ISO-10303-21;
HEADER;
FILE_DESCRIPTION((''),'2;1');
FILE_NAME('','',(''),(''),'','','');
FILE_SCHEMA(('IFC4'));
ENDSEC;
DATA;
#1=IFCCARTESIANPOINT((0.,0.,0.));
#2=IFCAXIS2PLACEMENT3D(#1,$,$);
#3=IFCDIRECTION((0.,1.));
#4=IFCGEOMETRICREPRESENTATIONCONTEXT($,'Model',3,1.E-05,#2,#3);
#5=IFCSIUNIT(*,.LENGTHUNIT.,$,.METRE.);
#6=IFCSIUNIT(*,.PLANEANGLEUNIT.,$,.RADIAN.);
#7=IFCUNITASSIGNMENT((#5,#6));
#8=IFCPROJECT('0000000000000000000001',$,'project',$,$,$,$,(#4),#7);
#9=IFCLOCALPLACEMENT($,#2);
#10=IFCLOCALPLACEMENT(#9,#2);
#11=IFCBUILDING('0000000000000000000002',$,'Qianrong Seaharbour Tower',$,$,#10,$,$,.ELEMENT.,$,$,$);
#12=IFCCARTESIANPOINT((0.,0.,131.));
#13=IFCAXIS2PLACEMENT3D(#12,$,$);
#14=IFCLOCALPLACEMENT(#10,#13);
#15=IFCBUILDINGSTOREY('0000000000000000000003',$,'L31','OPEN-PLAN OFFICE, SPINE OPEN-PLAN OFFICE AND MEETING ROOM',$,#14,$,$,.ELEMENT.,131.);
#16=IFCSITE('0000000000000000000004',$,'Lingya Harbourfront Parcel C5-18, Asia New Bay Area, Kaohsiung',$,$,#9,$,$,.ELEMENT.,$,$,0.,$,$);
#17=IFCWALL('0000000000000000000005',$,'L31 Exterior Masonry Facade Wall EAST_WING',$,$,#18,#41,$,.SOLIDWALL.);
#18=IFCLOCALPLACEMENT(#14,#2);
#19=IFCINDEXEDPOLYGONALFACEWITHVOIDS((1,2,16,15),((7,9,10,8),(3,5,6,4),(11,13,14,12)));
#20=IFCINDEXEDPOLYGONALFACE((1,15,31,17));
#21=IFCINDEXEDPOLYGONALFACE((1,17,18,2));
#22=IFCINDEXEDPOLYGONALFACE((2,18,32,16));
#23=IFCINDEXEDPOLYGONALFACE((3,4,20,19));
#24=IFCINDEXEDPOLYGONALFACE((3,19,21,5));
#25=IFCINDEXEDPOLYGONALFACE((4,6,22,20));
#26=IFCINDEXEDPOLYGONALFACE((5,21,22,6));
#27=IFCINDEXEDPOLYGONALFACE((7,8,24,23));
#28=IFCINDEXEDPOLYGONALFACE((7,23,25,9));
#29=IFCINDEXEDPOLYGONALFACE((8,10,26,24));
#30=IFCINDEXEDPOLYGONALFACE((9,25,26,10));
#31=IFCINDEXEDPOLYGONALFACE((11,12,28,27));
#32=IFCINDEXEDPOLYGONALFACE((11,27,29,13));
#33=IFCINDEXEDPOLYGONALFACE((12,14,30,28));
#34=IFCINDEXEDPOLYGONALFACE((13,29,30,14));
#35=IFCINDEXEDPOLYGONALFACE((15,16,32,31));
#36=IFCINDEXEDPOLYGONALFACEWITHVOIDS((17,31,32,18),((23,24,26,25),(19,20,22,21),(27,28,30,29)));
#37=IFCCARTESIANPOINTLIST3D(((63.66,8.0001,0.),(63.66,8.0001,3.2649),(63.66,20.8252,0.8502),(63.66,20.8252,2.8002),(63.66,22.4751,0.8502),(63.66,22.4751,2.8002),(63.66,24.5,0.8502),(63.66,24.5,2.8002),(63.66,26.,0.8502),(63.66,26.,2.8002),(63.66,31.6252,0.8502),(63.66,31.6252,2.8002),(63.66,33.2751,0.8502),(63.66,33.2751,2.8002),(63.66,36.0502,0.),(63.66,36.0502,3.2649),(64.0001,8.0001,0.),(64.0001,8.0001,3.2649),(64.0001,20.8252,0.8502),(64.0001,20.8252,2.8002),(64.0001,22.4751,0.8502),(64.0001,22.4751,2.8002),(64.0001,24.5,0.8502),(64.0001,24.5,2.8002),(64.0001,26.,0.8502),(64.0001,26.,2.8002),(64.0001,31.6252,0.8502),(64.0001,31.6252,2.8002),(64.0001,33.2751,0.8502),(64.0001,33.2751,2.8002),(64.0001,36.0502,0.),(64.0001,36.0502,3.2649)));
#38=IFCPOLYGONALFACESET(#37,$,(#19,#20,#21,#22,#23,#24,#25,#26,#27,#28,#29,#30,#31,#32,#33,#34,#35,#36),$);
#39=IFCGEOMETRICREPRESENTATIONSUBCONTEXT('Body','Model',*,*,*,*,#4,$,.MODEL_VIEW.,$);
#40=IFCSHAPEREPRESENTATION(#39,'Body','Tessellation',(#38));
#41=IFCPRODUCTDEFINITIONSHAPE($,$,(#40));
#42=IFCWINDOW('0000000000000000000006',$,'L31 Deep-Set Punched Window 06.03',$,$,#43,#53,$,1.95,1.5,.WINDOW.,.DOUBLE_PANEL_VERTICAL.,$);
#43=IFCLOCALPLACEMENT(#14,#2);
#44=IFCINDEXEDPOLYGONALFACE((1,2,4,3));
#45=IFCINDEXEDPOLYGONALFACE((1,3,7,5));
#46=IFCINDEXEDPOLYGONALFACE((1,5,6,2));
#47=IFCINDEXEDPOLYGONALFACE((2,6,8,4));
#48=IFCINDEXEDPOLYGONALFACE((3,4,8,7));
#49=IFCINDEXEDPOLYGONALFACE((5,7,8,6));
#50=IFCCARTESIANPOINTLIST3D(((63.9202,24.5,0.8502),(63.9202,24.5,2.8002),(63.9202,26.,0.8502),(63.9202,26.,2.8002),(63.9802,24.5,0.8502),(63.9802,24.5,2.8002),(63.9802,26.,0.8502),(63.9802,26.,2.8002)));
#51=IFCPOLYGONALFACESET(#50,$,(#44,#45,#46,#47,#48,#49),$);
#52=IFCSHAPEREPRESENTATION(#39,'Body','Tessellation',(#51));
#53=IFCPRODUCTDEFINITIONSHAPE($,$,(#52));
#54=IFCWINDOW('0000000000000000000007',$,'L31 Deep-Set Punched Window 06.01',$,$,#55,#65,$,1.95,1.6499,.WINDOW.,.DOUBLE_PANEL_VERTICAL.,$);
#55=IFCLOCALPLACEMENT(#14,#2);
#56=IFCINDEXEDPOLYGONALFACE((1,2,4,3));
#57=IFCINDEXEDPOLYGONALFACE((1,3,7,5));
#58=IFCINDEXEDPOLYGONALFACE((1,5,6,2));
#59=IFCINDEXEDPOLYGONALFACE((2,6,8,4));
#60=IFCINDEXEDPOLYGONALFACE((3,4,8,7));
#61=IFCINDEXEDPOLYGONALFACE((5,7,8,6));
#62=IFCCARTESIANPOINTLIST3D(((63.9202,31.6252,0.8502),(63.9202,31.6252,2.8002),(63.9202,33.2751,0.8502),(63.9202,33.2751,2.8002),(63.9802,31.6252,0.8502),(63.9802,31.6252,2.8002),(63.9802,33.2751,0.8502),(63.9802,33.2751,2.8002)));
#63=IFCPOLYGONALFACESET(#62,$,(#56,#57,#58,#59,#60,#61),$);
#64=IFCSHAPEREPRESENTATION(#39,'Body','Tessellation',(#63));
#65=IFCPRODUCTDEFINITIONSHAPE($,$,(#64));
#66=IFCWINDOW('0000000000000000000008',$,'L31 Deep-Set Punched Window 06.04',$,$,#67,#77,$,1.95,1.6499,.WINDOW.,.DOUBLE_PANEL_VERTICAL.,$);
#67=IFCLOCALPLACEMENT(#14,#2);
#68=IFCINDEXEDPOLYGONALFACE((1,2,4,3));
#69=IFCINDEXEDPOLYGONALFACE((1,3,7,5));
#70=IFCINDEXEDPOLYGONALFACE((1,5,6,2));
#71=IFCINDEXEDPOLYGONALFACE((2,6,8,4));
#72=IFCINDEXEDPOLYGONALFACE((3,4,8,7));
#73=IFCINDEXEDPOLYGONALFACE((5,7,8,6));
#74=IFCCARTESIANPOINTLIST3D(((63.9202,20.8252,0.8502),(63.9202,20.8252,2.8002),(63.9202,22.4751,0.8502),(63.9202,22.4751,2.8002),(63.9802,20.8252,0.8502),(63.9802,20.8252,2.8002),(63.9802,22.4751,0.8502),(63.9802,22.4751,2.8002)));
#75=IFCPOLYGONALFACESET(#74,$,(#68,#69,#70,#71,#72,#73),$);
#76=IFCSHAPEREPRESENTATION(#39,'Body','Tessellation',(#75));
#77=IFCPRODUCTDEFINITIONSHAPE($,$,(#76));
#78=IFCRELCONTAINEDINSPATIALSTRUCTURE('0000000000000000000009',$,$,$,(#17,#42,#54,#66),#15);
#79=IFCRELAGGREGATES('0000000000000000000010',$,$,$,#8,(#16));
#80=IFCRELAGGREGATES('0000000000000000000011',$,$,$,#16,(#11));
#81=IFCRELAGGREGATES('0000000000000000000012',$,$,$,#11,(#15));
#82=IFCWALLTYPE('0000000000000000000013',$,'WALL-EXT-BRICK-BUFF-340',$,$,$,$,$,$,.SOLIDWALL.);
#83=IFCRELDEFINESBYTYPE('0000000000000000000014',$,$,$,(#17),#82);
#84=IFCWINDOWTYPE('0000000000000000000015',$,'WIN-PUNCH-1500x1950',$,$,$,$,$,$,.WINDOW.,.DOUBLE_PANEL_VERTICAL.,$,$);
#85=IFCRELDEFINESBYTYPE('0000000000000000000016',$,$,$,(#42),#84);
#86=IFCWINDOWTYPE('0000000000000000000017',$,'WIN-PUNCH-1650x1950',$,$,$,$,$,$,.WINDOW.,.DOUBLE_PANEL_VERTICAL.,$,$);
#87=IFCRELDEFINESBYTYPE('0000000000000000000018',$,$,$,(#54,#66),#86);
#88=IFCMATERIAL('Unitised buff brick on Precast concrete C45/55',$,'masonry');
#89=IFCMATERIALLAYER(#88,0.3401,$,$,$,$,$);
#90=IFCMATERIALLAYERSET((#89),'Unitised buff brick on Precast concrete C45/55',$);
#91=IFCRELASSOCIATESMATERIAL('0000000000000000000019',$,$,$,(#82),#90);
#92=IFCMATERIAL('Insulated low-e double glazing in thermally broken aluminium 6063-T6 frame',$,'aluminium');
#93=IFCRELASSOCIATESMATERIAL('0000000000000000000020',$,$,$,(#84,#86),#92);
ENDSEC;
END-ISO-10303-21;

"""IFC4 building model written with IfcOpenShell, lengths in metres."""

from ifc_helpers import new_model, si_unit, direction, frame, frame_2d, origin, place, context, subcontext, project, spatial, rectangle, extrude, material, layer, layer_set, type_object, element, fill, save


model = new_model("IFC4")

# Units and contexts
model_context = context("Model", 3, precision=1e-05, world=origin(), true_north=direction((0.0, 1.0)))
body_context = subcontext(model_context, "Body", "Model", "MODEL_VIEW")
ifc_project = project(units=[si_unit("LENGTHUNIT", "METRE"), si_unit("PLANEANGLEUNIT", "RADIAN")], contexts=[model_context])

# Site, building, storey
site_placement = place(None, origin())
site = spatial("IfcSite", under=ifc_project, at=site_placement, Name="Lingya Harbourfront Parcel C5-18, Asia New Bay Area, Kaohsiung", CompositionType="ELEMENT", RefElevation=0.0)
building_placement = place(site_placement, origin())
building = spatial("IfcBuilding", under=site, at=building_placement, Name="Qianrong Seaharbour Tower", CompositionType="ELEMENT")
storey_placement = place(building_placement, frame((0.0, 0.0, 131.0)))
storey = spatial("IfcBuildingStorey", under=building, at=storey_placement, Name="L31", Description="OPEN-PLAN OFFICE, SPINE OPEN-PLAN OFFICE AND MEETING ROOM", CompositionType="ELEMENT", Elevation=131.0)

# Wall, openings, windows
ifc_material_1 = material(Name="Unitised buff brick on Precast concrete C45/55", Category="masonry")
ifc_layer_1 = layer(ifc_material_1, 0.3401)
ifc_layer_set_1 = layer_set([ifc_layer_1], Name="Unitised buff brick on Precast concrete C45/55")
wall_type_1 = type_object("IfcWallType", Name="WALL-EXT-BRICK-BUFF-340", PredefinedType="SOLIDWALL", material=ifc_layer_set_1)
wall_1_placement = place(storey_placement, frame((63.8301, 36.05, 0.0), z_axis=(0.0, 0.0, 1.0), x_axis=(0.0, -1.0, 0.0)))
wall_1 = element("IfcWall", 1, at=wall_1_placement, inside=storey, type_object=wall_type_1, Name="L31 Exterior Masonry Facade Wall EAST_WING", PredefinedType="SOLIDWALL", context=body_context, shape_type="SweptSolid", body=[
    extrude(rectangle(XDim=28.05, YDim=0.3401, at=frame_2d((14.0249, 0.0))), origin(), (0.0, 0.0, 1.0), 3.2649),
])
opening_1_placement = place(wall_1_placement, frame((2.7749, 0.0, 0.8501)))
opening_1 = element("IfcOpeningElement", 2, at=opening_1_placement, cuts=wall_1, PredefinedType="OPENING", context=body_context, shape_type="SweptSolid", body=[
    extrude(rectangle(XDim=1.6499, YDim=1.95, at=frame_2d((0.825, 0.9751))), frame((0.0, 0.1802, 0.0), z_axis=(0.0, -1.0, 0.0), x_axis=(1.0, 0.0, 0.0)), (0.0, 0.0, 1.0), 0.3601),
])
opening_2_placement = place(wall_1_placement, frame((10.05, 0.0, 0.8501)))
opening_2 = element("IfcOpeningElement", 3, at=opening_2_placement, cuts=wall_1, PredefinedType="OPENING", context=body_context, shape_type="SweptSolid", body=[
    extrude(rectangle(XDim=1.5, YDim=1.95, at=frame_2d((0.75, 0.9751))), frame((0.0, 0.1802, 0.0), z_axis=(0.0, -1.0, 0.0), x_axis=(1.0, 0.0, 0.0)), (0.0, 0.0, 1.0), 0.3601),
])
opening_3_placement = place(wall_1_placement, frame((13.575, 0.0, 0.8501)))
opening_3 = element("IfcOpeningElement", 4, at=opening_3_placement, cuts=wall_1, PredefinedType="OPENING", context=body_context, shape_type="SweptSolid", body=[
    extrude(rectangle(XDim=1.6499, YDim=1.95, at=frame_2d((0.825, 0.9751))), frame((0.0, 0.1802, 0.0), z_axis=(0.0, -1.0, 0.0), x_axis=(1.0, 0.0, 0.0)), (0.0, 0.0, 1.0), 0.3601),
])
ifc_material_2 = material(Name="Insulated low-e double glazing in thermally broken aluminium 6063-T6 frame", Category="aluminium")
window_type_1 = type_object("IfcWindowType", Name="WIN-PUNCH-1500x1950", PartitioningType="DOUBLE_PANEL_VERTICAL", PredefinedType="WINDOW", material=ifc_material_2)
window_1_placement = place(opening_2_placement, origin())
window_1 = element("IfcWindow", 5, at=window_1_placement, inside=storey, type_object=window_type_1, Name="L31 Deep-Set Punched Window 06.03", OverallHeight=1.95, OverallWidth=1.5, PartitioningType="DOUBLE_PANEL_VERTICAL", PredefinedType="WINDOW", context=body_context, shape_type="SweptSolid", body=[
    extrude(rectangle(XDim=1.5, YDim=1.95, at=frame_2d((0.75, 0.9751))), frame((0.0, 0.1501, 0.0), z_axis=(0.0, -1.0, 0.0), x_axis=(1.0, 0.0, 0.0)), (0.0, 0.0, 1.0), 0.0601),
])
fill(opening_2, window_1)
window_type_2 = type_object("IfcWindowType", Name="WIN-PUNCH-1650x1950", PartitioningType="DOUBLE_PANEL_VERTICAL", PredefinedType="WINDOW", material=ifc_material_2)
window_2_placement = place(opening_1_placement, origin())
window_2 = element("IfcWindow", 6, at=window_2_placement, inside=storey, type_object=window_type_2, Name="L31 Deep-Set Punched Window 06.01", OverallHeight=1.95, OverallWidth=1.6499, PartitioningType="DOUBLE_PANEL_VERTICAL", PredefinedType="WINDOW", context=body_context, shape_type="SweptSolid", body=[
    extrude(rectangle(XDim=1.6499, YDim=1.95, at=frame_2d((0.825, 0.9751))), frame((0.0, 0.1501, 0.0), z_axis=(0.0, -1.0, 0.0), x_axis=(1.0, 0.0, 0.0)), (0.0, 0.0, 1.0), 0.0601),
])
fill(opening_1, window_2)
window_3_placement = place(opening_3_placement, origin())
window_3 = element("IfcWindow", 7, at=window_3_placement, inside=storey, type_object=window_type_2, Name="L31 Deep-Set Punched Window 06.04", OverallHeight=1.95, OverallWidth=1.6499, PartitioningType="DOUBLE_PANEL_VERTICAL", PredefinedType="WINDOW", context=body_context, shape_type="SweptSolid", body=[
    extrude(rectangle(XDim=1.6499, YDim=1.95, at=frame_2d((0.825, 0.9751))), frame((0.0, 0.1501, 0.0), z_axis=(0.0, -1.0, 0.0), x_axis=(1.0, 0.0, 0.0)), (0.0, 0.0, 1.0), 0.0601),
])
fill(opening_3, window_3)

save(model, "model.ifc")
